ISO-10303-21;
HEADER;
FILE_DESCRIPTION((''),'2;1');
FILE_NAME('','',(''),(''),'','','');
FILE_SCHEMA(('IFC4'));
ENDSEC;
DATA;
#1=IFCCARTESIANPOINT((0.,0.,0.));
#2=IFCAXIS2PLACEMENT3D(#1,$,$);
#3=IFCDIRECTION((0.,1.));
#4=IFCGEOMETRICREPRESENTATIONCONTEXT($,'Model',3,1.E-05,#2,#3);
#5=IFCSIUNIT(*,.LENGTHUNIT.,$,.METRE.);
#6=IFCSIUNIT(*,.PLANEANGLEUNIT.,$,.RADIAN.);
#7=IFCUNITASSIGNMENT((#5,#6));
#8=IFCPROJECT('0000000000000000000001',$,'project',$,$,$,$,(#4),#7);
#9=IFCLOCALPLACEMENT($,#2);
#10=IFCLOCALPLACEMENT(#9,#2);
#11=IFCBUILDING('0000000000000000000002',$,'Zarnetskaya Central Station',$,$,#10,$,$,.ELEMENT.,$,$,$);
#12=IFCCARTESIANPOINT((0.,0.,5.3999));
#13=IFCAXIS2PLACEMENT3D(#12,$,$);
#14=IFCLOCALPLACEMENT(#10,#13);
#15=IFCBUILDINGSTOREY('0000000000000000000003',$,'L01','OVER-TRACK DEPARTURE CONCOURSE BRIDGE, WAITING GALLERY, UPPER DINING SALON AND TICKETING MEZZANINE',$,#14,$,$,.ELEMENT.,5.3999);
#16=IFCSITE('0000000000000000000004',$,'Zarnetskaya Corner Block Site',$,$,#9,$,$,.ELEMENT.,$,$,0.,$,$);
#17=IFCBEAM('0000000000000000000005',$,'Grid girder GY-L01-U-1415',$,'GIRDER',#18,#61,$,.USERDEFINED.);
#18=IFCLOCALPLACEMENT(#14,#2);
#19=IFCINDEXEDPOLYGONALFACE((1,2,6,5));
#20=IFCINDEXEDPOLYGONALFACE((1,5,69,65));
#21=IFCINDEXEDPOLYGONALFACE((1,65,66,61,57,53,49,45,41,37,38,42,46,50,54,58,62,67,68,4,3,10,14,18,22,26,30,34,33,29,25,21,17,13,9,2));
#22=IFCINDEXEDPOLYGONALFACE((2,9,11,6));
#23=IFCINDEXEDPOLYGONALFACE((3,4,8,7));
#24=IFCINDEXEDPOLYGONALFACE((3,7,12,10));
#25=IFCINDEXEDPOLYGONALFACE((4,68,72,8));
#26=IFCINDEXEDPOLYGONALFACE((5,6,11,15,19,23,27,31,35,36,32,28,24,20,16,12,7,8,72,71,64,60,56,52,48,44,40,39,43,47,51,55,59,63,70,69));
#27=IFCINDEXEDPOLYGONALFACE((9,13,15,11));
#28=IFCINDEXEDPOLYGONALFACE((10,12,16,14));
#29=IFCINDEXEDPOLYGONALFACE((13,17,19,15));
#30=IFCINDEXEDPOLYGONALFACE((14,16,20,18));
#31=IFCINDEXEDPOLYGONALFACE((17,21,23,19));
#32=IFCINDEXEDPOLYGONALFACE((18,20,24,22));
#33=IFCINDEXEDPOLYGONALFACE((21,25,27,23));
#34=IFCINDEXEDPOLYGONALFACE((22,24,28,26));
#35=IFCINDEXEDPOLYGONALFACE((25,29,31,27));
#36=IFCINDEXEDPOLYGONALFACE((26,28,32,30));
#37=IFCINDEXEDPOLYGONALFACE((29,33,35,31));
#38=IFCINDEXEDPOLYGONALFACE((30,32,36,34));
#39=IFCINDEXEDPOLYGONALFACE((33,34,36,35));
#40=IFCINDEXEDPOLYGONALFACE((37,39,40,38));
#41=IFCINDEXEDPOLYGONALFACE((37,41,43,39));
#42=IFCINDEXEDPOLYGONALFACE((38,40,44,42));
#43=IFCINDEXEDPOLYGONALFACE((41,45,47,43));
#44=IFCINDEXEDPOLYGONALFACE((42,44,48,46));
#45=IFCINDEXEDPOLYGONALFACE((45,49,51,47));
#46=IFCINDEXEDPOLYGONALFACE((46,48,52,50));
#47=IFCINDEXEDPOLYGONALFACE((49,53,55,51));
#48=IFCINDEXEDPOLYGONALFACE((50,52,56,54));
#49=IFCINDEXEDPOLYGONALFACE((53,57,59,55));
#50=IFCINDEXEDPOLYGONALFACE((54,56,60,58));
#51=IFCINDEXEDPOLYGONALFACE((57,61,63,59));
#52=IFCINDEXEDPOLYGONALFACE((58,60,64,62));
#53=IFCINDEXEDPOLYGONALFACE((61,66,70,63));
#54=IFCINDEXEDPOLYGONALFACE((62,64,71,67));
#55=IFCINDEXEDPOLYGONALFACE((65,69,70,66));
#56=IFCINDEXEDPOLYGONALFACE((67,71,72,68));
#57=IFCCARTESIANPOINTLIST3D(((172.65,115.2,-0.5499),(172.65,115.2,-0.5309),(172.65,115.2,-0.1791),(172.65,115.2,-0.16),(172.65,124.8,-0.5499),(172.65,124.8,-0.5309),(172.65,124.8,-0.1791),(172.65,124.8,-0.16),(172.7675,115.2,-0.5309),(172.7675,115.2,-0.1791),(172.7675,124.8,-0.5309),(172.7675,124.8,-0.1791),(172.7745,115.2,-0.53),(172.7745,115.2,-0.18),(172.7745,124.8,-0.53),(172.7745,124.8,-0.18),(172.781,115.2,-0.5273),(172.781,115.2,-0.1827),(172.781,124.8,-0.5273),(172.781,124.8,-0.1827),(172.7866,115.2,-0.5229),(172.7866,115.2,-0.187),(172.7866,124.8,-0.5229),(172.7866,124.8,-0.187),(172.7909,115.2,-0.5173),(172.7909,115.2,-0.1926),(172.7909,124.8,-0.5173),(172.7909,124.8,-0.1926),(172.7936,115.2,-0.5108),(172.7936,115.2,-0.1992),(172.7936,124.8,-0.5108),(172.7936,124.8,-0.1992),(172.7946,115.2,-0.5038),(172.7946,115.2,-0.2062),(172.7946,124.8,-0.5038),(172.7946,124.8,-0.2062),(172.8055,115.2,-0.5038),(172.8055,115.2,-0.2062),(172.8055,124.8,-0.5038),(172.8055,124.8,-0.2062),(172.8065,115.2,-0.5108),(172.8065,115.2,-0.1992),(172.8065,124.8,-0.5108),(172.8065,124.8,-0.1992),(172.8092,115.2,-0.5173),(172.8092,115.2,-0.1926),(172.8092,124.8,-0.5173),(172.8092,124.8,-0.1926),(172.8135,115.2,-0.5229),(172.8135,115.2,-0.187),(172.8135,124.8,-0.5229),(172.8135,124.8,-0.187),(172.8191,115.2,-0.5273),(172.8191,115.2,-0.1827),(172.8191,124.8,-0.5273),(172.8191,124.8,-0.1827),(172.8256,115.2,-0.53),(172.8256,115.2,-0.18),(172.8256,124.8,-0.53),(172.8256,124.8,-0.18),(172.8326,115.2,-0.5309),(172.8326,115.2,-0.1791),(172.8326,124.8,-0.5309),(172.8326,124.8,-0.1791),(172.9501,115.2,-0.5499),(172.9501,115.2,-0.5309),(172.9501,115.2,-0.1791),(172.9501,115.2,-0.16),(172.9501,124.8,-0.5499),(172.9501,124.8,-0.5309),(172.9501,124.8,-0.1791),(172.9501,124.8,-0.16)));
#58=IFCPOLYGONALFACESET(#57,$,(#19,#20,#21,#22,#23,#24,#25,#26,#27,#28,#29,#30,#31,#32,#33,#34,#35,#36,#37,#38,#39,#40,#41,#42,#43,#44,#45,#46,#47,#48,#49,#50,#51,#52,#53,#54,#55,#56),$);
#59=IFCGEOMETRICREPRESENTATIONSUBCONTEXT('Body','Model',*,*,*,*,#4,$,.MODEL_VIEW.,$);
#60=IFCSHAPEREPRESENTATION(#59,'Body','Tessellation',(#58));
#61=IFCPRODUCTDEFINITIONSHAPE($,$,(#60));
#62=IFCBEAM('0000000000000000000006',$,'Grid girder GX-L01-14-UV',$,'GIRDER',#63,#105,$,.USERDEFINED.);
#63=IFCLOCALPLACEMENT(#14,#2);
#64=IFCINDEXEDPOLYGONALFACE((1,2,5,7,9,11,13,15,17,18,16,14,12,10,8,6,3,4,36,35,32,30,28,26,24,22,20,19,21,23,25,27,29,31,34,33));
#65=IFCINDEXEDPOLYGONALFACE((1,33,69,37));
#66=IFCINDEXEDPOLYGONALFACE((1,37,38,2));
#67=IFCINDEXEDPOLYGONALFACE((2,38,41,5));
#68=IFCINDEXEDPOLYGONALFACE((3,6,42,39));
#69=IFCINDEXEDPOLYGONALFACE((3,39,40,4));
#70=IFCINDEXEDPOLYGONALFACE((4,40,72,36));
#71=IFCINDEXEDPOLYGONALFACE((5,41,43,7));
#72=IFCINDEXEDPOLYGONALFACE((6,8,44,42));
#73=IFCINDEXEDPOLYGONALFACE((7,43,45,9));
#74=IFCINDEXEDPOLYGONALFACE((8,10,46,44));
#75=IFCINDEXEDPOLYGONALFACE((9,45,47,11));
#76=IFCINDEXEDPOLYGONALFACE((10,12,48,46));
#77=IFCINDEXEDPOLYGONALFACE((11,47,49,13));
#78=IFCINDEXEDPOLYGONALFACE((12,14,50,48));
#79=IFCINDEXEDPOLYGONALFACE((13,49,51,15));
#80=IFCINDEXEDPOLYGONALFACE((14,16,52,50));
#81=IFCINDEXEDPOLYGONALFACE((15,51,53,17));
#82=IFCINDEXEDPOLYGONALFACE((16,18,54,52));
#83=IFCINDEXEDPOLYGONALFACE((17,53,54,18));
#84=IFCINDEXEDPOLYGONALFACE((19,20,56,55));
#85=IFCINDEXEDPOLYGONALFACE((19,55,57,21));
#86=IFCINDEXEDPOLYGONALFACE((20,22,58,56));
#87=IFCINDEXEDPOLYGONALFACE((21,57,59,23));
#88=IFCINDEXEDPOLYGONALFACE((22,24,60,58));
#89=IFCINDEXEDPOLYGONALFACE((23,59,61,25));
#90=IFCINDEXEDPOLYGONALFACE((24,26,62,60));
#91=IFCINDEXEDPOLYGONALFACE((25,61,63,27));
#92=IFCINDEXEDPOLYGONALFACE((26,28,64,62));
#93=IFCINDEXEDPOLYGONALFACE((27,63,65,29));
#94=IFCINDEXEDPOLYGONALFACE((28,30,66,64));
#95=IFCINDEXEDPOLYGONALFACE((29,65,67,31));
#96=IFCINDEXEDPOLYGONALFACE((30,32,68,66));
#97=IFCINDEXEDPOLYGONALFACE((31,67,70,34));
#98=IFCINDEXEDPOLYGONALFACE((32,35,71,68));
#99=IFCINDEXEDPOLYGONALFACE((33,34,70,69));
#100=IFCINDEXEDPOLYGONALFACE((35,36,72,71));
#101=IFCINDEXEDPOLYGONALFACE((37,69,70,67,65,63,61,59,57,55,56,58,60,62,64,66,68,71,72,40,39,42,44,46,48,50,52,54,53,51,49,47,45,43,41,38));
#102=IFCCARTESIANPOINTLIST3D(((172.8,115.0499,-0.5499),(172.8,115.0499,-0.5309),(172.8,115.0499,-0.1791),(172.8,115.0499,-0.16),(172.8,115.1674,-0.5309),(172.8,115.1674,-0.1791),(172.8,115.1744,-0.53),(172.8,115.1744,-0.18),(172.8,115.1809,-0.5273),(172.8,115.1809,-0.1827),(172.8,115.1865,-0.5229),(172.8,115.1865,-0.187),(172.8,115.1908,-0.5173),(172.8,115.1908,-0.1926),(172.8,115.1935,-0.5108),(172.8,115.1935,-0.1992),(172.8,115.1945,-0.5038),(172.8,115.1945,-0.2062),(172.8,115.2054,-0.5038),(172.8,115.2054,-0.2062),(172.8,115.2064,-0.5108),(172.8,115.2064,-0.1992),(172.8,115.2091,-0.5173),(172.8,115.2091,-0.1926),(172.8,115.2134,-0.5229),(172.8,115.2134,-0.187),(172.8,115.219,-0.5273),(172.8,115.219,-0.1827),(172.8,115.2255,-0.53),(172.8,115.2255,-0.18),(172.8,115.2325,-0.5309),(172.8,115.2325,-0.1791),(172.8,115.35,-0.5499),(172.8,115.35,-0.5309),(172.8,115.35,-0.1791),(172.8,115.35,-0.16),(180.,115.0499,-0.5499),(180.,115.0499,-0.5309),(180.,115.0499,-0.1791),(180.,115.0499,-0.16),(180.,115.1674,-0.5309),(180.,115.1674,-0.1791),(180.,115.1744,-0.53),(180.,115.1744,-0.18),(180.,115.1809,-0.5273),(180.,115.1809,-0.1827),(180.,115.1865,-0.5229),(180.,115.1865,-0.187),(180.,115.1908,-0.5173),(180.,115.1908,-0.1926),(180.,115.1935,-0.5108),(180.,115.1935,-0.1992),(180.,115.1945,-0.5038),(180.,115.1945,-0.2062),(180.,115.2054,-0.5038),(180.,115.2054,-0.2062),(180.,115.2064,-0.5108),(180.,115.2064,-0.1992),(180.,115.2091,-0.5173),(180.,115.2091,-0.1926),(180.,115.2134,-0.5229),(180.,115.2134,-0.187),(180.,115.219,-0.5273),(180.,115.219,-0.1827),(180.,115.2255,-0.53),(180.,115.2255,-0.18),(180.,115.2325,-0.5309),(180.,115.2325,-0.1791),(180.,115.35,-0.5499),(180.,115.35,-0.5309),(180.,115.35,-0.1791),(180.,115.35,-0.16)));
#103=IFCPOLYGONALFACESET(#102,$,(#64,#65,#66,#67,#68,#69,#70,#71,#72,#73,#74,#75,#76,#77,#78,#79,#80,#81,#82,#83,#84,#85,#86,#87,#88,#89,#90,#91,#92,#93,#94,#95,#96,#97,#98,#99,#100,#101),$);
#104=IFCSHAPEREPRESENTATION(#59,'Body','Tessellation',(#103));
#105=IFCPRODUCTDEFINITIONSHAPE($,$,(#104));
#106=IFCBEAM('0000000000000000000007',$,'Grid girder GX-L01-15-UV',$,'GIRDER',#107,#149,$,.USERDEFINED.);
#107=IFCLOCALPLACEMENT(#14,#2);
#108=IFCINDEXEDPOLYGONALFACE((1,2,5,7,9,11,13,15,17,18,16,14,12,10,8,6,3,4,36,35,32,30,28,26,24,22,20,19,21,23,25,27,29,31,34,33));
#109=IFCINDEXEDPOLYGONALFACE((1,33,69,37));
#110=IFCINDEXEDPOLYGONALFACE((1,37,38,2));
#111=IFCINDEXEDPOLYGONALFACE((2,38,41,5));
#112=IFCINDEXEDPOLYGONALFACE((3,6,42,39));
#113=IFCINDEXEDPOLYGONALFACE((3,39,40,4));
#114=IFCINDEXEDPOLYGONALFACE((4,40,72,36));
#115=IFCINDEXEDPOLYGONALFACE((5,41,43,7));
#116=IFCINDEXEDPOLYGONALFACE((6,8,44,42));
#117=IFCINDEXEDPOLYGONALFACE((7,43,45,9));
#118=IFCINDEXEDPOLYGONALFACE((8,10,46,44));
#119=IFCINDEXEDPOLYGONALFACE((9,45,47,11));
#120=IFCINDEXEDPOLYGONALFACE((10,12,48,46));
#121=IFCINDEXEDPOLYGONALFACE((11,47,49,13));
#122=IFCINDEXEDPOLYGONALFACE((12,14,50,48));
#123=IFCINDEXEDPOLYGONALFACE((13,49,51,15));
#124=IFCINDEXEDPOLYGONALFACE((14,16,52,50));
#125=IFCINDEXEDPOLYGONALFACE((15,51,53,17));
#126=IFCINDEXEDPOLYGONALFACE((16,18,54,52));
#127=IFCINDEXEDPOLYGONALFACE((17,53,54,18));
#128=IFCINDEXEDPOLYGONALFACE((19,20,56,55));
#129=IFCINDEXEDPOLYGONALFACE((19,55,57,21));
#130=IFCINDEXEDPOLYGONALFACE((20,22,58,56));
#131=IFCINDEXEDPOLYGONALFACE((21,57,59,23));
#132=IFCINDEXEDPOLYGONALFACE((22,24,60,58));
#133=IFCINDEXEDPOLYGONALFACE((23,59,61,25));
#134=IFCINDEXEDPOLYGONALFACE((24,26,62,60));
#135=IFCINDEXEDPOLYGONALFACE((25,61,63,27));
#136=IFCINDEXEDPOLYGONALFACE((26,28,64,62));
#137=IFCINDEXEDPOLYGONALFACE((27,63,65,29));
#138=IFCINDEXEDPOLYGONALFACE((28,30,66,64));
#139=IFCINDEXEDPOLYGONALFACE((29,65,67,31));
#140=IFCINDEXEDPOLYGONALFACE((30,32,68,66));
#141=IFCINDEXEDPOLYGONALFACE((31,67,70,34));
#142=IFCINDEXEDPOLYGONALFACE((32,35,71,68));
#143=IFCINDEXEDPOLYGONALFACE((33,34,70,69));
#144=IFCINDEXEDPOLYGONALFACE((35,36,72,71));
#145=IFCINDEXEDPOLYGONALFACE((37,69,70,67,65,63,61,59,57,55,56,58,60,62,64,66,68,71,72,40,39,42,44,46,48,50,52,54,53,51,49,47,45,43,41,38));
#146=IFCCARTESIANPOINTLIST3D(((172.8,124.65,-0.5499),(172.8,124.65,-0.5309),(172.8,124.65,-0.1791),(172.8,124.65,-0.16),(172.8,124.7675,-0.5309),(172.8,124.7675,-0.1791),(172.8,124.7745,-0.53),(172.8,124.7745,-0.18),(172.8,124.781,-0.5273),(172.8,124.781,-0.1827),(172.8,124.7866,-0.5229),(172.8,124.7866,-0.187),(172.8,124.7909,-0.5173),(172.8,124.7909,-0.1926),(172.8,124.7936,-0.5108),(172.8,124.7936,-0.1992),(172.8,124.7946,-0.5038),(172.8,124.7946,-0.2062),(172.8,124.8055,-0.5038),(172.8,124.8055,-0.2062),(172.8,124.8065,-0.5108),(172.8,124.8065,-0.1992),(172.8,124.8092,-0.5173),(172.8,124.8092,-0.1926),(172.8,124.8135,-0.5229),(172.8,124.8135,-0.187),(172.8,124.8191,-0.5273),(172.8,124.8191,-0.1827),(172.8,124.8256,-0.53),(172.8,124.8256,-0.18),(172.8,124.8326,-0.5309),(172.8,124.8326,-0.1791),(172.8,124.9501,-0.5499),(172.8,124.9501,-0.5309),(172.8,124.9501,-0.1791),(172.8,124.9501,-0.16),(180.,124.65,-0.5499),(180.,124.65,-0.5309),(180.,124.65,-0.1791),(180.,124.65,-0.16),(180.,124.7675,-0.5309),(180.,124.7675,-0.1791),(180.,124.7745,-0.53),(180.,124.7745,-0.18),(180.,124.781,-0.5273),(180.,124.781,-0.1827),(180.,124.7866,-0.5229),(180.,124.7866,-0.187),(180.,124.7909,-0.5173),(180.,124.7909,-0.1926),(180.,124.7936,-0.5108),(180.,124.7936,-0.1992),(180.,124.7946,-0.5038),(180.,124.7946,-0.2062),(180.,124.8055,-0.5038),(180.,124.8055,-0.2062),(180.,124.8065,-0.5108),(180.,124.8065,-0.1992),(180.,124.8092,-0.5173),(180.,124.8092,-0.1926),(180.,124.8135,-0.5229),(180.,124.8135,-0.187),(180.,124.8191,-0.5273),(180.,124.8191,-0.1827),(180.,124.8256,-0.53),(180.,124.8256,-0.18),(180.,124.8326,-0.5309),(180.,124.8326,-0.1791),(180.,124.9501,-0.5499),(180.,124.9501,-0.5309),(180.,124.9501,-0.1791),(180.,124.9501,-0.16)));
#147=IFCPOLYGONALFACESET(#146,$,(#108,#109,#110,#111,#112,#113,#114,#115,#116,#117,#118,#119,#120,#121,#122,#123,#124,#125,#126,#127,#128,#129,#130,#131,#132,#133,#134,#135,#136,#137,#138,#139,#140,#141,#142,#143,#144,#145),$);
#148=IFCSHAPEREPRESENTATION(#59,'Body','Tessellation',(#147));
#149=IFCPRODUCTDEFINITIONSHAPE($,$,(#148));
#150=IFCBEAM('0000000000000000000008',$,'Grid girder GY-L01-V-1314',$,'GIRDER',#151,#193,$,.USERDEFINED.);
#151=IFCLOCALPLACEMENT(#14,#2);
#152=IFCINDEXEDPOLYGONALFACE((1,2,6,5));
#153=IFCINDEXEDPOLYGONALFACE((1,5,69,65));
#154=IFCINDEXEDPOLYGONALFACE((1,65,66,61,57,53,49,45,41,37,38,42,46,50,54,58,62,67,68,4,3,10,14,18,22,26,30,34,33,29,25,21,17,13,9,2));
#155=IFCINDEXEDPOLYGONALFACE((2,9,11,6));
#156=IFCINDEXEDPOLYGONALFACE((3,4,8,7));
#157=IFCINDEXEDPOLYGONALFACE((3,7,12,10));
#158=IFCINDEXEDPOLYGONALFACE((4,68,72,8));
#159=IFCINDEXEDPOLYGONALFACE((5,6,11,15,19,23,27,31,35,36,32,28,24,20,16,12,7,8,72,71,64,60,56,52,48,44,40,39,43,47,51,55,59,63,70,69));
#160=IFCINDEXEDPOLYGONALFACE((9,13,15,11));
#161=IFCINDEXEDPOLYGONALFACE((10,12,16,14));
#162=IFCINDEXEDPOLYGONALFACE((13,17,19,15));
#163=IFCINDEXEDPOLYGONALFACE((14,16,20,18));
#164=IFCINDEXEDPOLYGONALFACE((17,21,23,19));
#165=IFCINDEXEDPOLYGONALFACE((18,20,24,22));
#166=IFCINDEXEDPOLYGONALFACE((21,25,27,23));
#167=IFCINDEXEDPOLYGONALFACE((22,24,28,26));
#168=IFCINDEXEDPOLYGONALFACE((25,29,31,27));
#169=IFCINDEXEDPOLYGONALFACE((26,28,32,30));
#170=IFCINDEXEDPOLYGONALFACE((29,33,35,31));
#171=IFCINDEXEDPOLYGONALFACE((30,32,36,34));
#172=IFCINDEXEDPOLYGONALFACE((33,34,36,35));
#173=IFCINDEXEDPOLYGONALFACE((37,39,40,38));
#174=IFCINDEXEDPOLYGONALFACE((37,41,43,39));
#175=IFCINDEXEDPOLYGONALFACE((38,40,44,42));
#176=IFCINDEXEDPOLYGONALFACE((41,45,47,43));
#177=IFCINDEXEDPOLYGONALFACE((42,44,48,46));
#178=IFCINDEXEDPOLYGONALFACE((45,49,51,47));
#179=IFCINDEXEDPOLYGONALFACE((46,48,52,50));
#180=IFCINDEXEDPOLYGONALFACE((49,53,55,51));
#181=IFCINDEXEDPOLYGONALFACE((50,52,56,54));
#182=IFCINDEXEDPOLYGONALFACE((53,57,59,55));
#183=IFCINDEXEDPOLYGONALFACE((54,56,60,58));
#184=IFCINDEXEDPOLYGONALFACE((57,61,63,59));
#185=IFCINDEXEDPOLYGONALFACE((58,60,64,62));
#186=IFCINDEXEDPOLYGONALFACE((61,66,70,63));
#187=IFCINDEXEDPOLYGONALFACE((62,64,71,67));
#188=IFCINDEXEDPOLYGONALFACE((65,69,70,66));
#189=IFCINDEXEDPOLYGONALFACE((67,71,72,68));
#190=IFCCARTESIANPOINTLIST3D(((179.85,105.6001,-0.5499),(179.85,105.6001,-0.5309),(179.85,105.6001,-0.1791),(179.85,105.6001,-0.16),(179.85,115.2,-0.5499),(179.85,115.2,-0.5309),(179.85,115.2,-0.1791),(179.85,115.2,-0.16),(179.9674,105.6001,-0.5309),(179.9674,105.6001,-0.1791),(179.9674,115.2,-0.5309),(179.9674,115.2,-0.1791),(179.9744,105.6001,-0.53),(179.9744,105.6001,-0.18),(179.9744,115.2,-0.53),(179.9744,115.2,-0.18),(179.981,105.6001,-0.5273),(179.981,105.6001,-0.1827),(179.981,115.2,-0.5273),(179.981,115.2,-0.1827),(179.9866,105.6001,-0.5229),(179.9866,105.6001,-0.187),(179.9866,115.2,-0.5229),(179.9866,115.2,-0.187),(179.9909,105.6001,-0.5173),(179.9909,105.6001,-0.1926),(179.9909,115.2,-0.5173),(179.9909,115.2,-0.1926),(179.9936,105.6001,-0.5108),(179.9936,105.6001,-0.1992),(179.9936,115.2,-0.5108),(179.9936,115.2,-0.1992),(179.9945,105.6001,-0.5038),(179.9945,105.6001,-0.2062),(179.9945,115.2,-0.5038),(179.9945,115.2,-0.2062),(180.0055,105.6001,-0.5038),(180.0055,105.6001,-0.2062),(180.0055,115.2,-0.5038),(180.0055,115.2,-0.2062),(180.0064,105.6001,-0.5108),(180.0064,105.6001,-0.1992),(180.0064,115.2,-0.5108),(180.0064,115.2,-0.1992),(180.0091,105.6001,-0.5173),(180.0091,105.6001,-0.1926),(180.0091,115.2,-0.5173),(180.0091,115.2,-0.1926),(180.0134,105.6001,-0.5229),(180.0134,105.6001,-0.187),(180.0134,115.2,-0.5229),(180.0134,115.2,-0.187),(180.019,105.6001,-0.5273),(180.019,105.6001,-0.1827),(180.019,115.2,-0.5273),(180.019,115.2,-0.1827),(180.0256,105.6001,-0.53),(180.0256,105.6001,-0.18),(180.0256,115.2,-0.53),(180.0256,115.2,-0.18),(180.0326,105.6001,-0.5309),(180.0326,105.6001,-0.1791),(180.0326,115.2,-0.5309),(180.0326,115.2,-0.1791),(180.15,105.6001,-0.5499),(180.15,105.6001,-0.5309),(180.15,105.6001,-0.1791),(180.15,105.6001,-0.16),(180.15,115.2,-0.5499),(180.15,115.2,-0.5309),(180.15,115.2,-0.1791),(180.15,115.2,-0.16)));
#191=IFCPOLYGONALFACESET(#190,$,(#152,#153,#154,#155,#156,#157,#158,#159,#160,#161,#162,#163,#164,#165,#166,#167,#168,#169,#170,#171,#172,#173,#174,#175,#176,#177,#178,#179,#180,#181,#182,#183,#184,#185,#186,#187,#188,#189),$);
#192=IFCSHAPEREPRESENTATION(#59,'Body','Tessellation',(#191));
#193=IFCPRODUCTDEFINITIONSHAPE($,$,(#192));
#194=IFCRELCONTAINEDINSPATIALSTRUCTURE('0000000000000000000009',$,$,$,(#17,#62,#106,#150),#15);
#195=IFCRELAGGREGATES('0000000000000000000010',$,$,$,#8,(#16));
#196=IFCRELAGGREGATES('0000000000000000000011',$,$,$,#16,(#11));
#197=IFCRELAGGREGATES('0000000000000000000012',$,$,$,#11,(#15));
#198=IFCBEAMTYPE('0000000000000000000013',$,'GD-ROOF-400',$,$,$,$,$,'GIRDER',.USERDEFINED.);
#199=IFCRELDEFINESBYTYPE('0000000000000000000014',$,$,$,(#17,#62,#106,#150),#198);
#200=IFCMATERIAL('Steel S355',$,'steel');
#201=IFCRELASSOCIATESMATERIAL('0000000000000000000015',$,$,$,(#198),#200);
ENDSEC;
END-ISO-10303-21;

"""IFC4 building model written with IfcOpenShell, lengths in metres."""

from ifc_helpers import new_model, si_unit, direction, frame, origin, origin_2d, place, context, subcontext, project, spatial, i_section, extrude, material, material_profile, profile_set, type_object, element, save


model = new_model("IFC4")

# Units and contexts
model_context = context("Model", 3, precision=1e-05, world=origin(), true_north=direction((0.0, 1.0)))
body_context = subcontext(model_context, "Body", "Model", "MODEL_VIEW")
ifc_project = project(units=[si_unit("LENGTHUNIT", "METRE"), si_unit("PLANEANGLEUNIT", "RADIAN")], contexts=[model_context])

# Site, building, storey
site_placement = place(None, origin())
site = spatial("IfcSite", under=ifc_project, at=site_placement, Name="Zarnetskaya Corner Block Site", CompositionType="ELEMENT", RefElevation=0.0)
building_placement = place(site_placement, origin())
building = spatial("IfcBuilding", under=site, at=building_placement, Name="Zarnetskaya Central Station", CompositionType="ELEMENT")
storey_placement = place(building_placement, frame((0.0, 0.0, 5.3999)))
storey = spatial("IfcBuildingStorey", under=building, at=storey_placement, Name="L01", Description="OVER-TRACK DEPARTURE CONCOURSE BRIDGE, WAITING GALLERY, UPPER DINING SALON AND TICKETING MEZZANINE", CompositionType="ELEMENT", Elevation=5.3999)

# Beams
ifc_material = material(Name="Steel S355", Category="steel")
ifc_material_profile_1 = material_profile(ifc_material, i_section(OverallWidth=0.3, OverallDepth=0.3899, WebThickness=0.011, FlangeThickness=0.019, FilletRadius=0.0271, at=origin_2d()), Name="HEA 400")
ifc_profile_set_1 = profile_set([ifc_material_profile_1], Name="Steel S355")
beam_type_1 = type_object("IfcBeamType", Name="GD-ROOF-400", ElementType="GIRDER", PredefinedType="USERDEFINED", material=ifc_profile_set_1)
beam_1_placement = place(storey_placement, frame((172.8, 115.2, -0.355), z_axis=(0.0, 1.0, 0.0), x_axis=(-1.0, 0.0, 0.0)))
element("IfcBeam", 1, at=beam_1_placement, inside=storey, type_object=beam_type_1, Name="Grid girder GY-L01-U-1415", ObjectType="GIRDER", PredefinedType="USERDEFINED", context=body_context, shape_type="SweptSolid", body=[
    extrude(i_section(OverallWidth=0.3, OverallDepth=0.3899, WebThickness=0.011, FlangeThickness=0.019, FilletRadius=0.0271, at=origin_2d()), origin(), (0.0, 0.0, 1.0), 9.6001),
])
for number, where, z_axis, x_axis, name in (
    (2, (172.8, 115.2, -0.355), (1.0, 0.0, 0.0), (0.0, 1.0, 0.0), "Grid girder GX-L01-14-UV"),
    (3, (172.8, 124.8, -0.355), (1.0, 0.0, 0.0), (0.0, 1.0, 0.0), "Grid girder GX-L01-15-UV"),
):
    element("IfcBeam", number, at=place(storey_placement, frame(where, z_axis=z_axis, x_axis=x_axis)), inside=storey, type_object=beam_type_1, Name=name, ObjectType="GIRDER", PredefinedType="USERDEFINED", context=body_context, shape_type="SweptSolid", body=[
        extrude(i_section(OverallWidth=0.3, OverallDepth=0.3899, WebThickness=0.011, FlangeThickness=0.019, FilletRadius=0.0271, at=origin_2d()), origin(), (0.0, 0.0, 1.0), 7.2),
    ])
beam_2_placement = place(storey_placement, frame((180.0, 105.6001, -0.355), z_axis=(0.0, 1.0, 0.0), x_axis=(-1.0, 0.0, 0.0)))
element("IfcBeam", 4, at=beam_2_placement, inside=storey, type_object=beam_type_1, Name="Grid girder GY-L01-V-1314", ObjectType="GIRDER", PredefinedType="USERDEFINED", context=body_context, shape_type="SweptSolid", body=[
    extrude(i_section(OverallWidth=0.3, OverallDepth=0.3899, WebThickness=0.011, FlangeThickness=0.019, FilletRadius=0.0271, at=origin_2d()), origin(), (0.0, 0.0, 1.0), 9.5999),
])

save(model, "model.ifc")
